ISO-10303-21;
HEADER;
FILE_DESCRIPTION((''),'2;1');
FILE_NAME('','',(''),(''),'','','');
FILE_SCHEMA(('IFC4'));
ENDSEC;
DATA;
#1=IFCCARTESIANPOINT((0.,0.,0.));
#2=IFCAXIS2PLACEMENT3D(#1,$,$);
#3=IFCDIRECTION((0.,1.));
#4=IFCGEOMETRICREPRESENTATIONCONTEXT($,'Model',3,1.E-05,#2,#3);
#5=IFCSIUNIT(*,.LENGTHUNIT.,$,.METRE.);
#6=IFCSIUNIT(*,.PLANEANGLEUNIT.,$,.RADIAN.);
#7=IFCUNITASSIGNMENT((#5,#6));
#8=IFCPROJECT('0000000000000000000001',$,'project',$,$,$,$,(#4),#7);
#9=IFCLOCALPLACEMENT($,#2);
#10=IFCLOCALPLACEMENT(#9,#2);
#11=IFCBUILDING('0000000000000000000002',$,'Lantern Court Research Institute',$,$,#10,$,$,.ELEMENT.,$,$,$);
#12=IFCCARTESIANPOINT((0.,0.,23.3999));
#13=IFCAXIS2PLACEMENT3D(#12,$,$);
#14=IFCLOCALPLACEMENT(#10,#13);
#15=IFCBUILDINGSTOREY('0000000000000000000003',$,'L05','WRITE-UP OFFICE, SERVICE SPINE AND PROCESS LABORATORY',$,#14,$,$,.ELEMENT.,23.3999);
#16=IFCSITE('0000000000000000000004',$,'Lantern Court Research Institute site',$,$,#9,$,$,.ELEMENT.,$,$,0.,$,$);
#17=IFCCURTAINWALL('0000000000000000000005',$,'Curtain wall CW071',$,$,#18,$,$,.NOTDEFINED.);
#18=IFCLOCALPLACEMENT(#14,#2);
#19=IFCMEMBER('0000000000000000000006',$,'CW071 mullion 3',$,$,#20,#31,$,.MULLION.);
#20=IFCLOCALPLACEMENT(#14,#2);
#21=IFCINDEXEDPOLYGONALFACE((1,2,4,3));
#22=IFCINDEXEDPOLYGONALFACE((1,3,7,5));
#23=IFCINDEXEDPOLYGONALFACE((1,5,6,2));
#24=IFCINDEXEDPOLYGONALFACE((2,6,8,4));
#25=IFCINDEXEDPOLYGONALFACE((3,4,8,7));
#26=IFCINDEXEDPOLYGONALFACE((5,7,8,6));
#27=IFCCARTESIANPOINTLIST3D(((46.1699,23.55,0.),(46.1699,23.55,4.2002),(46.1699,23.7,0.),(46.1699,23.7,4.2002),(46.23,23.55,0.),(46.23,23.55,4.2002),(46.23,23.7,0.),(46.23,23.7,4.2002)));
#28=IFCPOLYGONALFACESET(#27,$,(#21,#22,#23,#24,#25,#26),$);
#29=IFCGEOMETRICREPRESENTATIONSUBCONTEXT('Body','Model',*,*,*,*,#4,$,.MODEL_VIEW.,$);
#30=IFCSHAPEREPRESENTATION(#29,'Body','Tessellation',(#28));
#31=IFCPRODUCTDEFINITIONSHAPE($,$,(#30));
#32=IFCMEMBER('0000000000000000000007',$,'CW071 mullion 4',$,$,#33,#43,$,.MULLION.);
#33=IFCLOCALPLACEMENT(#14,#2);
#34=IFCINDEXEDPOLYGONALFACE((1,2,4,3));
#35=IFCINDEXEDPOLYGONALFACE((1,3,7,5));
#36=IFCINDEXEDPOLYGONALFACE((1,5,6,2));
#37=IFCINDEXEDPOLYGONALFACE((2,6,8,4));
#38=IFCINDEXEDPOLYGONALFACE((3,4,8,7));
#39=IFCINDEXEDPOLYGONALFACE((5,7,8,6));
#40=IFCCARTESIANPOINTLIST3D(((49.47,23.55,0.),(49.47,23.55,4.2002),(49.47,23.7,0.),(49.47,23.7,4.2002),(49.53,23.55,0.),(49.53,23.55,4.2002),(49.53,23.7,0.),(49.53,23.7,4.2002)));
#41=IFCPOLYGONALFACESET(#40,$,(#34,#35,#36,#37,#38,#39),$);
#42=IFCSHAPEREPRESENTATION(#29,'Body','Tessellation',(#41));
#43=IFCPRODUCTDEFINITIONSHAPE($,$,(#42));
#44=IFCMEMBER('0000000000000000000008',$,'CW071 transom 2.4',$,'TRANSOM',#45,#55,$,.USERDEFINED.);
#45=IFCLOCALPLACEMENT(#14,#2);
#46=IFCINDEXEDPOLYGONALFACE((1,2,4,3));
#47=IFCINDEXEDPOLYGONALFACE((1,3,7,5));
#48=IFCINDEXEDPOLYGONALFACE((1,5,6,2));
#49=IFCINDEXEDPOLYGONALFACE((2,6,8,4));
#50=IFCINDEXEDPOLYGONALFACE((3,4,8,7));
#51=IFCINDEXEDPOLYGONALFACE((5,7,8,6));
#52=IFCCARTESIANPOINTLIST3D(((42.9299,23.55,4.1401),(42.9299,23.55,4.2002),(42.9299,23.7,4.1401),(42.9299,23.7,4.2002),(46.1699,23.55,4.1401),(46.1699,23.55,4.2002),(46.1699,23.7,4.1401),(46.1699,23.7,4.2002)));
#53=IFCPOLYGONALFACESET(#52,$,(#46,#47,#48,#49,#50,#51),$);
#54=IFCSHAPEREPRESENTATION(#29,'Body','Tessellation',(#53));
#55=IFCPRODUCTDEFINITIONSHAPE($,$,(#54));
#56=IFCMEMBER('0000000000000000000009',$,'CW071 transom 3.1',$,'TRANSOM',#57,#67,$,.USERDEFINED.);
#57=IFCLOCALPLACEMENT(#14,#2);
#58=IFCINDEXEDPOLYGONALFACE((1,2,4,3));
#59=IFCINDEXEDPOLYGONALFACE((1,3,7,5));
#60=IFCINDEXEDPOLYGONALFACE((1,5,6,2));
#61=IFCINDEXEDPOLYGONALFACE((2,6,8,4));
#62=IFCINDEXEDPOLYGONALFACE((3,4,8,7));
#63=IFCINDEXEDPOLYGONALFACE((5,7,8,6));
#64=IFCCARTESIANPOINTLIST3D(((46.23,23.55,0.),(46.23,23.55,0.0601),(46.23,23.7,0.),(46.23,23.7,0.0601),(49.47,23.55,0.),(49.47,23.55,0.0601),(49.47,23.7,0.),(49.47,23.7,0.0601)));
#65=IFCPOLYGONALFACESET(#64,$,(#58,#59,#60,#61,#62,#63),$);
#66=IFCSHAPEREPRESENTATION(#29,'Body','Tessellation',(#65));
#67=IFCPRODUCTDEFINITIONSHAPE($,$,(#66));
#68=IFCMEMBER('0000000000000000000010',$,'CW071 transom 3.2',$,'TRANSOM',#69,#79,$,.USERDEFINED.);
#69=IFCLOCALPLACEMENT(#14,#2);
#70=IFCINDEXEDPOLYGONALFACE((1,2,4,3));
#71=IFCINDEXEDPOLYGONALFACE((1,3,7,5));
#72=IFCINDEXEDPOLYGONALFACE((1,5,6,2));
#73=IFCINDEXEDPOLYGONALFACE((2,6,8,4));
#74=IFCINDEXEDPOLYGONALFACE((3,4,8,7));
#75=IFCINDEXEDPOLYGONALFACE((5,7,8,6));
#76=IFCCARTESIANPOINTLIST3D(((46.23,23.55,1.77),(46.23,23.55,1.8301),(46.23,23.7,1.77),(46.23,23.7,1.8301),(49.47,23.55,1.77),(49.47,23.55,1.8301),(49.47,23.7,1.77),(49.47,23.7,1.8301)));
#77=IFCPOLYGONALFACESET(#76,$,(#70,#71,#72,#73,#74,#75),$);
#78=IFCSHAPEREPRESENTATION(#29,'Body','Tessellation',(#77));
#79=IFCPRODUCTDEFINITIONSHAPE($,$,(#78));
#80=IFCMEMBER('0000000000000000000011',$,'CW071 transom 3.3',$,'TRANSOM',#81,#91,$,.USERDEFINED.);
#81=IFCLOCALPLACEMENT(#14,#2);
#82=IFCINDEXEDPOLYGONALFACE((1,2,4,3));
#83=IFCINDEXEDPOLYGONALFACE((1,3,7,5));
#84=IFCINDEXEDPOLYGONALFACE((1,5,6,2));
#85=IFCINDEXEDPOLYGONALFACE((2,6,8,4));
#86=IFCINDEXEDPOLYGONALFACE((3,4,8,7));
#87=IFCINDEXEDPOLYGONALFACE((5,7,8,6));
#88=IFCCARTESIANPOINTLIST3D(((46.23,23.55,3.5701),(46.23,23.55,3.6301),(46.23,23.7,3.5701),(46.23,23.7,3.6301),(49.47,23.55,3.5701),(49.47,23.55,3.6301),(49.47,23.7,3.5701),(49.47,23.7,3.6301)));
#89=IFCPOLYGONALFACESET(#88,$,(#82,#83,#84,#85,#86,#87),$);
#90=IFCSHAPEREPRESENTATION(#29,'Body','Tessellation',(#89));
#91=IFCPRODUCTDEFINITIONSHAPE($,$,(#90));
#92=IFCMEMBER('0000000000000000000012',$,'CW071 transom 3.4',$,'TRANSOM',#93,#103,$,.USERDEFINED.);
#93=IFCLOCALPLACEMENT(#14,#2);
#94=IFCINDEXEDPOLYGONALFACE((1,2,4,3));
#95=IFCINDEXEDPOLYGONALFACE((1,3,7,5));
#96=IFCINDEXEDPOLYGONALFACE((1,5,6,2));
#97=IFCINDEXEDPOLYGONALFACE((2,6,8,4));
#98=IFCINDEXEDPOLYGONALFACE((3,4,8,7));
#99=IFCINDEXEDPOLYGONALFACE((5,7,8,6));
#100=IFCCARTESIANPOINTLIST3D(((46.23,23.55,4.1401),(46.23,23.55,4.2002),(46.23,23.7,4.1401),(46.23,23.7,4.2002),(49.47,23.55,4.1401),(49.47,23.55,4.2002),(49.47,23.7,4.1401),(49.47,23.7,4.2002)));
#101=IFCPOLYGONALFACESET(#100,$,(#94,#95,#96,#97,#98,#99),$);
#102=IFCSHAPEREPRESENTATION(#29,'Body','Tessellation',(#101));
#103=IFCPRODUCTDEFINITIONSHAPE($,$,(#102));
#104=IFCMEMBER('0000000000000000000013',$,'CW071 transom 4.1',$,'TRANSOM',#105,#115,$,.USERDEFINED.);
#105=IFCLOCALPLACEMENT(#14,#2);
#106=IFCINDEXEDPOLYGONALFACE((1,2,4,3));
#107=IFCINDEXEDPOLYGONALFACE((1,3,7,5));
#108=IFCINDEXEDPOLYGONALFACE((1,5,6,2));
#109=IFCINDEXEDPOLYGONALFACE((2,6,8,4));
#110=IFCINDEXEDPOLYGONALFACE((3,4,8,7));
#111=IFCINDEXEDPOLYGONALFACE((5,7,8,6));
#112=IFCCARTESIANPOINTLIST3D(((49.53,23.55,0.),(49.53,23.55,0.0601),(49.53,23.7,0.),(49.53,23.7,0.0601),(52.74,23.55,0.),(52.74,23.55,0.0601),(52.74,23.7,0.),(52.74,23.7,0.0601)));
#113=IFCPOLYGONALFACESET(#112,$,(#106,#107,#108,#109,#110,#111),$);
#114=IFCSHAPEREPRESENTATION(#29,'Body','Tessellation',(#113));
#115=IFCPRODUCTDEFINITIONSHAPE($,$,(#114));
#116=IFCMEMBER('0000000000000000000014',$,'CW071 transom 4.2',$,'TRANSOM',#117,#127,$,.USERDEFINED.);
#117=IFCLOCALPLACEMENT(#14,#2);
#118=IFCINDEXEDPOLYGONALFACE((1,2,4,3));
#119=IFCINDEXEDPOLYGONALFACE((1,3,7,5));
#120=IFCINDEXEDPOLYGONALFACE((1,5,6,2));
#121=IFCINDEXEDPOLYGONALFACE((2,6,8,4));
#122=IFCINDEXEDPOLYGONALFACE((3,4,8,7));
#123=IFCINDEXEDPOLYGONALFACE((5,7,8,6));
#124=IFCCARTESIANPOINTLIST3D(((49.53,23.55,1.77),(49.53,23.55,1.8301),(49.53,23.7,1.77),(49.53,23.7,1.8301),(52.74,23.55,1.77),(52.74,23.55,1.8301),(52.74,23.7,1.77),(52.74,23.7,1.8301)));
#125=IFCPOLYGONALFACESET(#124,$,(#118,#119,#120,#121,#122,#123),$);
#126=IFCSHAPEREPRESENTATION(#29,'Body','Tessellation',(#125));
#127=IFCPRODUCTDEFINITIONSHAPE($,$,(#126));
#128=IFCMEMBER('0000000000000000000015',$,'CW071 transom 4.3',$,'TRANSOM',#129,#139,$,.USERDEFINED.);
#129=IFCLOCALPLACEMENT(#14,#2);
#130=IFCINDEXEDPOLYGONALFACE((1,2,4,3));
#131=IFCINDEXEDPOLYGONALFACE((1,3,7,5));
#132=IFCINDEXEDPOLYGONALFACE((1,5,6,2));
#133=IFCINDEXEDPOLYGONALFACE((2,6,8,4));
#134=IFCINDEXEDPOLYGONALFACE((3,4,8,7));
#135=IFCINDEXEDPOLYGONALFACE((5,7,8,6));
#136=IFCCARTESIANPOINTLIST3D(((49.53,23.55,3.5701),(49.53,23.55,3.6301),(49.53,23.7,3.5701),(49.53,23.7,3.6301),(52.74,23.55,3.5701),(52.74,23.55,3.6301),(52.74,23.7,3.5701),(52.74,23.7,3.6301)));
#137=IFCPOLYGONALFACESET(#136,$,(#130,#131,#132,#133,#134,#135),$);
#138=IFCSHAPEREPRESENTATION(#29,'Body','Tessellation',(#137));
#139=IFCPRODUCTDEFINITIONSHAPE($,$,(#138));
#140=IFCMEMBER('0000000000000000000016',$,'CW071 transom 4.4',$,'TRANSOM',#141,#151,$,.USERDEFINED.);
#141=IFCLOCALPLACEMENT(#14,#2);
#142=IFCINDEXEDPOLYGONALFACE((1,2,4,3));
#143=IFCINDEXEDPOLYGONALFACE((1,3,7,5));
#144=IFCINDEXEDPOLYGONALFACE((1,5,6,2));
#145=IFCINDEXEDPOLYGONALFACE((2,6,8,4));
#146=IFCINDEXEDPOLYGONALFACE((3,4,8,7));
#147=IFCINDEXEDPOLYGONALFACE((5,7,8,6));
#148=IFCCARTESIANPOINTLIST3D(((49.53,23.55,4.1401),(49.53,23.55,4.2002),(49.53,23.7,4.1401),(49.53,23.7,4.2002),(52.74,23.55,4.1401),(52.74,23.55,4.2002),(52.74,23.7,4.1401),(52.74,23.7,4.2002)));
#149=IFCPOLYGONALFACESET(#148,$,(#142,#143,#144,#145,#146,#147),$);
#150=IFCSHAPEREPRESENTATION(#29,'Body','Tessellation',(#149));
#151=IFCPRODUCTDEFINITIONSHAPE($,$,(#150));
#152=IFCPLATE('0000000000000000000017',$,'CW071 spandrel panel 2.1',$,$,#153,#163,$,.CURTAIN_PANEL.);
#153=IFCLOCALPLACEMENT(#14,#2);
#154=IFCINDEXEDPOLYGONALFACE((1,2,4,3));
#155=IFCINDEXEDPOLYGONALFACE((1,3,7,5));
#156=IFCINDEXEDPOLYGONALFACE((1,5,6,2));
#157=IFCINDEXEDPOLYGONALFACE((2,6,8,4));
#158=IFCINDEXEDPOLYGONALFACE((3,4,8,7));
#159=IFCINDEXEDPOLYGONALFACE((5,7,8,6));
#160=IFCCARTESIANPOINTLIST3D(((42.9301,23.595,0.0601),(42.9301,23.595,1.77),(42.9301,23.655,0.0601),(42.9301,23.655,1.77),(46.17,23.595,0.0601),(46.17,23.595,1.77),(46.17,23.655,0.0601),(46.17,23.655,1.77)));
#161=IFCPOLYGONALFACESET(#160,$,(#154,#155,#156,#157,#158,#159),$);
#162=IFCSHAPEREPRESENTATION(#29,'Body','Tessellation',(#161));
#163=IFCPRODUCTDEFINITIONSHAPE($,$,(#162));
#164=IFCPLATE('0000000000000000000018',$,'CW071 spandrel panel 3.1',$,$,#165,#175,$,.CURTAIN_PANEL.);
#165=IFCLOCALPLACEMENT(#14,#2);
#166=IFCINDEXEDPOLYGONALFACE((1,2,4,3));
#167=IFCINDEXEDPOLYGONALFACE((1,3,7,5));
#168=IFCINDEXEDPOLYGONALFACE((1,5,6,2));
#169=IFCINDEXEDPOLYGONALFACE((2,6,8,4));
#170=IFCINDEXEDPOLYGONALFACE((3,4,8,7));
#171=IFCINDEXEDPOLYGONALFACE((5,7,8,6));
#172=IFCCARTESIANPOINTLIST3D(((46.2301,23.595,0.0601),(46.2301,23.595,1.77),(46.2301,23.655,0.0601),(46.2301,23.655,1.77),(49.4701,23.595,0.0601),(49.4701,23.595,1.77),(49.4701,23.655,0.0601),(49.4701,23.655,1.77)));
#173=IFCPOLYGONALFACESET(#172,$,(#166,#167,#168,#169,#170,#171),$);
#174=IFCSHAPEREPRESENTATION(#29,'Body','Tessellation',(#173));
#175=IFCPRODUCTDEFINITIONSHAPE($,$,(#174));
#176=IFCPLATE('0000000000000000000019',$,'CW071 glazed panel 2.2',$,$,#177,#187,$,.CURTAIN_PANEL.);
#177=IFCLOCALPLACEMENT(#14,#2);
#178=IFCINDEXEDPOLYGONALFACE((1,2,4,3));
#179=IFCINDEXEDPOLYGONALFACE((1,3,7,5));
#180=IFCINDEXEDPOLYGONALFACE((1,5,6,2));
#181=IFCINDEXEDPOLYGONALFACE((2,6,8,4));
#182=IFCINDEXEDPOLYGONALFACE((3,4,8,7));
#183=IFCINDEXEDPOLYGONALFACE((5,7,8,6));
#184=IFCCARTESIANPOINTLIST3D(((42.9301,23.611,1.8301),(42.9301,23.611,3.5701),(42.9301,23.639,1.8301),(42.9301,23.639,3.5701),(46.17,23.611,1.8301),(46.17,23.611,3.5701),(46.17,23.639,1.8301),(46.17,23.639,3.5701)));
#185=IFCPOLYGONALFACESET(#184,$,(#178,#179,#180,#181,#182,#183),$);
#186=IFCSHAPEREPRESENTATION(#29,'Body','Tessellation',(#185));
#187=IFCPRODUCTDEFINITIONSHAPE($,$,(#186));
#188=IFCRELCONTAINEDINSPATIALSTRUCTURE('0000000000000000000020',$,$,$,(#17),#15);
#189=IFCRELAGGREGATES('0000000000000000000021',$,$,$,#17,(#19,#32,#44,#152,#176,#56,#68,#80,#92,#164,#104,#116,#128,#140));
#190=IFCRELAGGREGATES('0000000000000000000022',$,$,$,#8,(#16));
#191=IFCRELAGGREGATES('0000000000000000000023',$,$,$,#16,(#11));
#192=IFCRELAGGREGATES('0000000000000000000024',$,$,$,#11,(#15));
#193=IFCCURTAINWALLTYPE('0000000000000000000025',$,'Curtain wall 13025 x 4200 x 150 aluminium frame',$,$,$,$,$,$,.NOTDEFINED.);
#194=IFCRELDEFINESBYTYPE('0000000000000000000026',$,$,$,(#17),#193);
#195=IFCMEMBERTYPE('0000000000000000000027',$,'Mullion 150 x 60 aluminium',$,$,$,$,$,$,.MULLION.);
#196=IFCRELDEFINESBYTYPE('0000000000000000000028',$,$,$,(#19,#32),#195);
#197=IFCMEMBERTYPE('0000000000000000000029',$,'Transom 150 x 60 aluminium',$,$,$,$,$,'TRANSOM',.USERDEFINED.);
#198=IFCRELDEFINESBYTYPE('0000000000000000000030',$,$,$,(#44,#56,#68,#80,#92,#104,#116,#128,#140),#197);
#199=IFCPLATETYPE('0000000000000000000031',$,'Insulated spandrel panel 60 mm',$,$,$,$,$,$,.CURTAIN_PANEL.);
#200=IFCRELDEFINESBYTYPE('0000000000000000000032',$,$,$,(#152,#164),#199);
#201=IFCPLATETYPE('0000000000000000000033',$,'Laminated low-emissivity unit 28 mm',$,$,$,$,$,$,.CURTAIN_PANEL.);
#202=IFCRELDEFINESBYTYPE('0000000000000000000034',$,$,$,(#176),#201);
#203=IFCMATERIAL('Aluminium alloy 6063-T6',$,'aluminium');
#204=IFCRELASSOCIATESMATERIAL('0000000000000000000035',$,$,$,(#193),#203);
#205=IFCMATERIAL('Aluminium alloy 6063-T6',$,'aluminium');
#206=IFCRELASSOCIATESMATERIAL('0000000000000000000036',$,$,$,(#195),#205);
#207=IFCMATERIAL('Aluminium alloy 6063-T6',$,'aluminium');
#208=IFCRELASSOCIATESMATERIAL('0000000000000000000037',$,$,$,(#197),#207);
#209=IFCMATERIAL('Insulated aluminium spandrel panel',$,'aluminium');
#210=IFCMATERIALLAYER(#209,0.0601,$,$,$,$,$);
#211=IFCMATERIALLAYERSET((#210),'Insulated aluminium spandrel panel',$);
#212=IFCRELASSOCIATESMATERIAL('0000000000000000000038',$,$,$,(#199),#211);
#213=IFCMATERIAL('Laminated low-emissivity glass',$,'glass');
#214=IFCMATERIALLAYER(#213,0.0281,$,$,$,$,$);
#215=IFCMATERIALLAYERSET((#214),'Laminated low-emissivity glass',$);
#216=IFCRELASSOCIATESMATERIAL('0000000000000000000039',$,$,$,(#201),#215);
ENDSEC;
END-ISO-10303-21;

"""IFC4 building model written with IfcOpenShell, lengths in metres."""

from ifc_helpers import new_model, si_unit, direction, frame, origin, origin_2d, place, context, subcontext, project, spatial, rectangle, extrude, material, layer, layer_set, material_profile, profile_set, type_object, element, aggregate, save


model = new_model("IFC4")

# Units and contexts
model_context = context("Model", 3, precision=1e-05, world=origin(), true_north=direction((0.0, 1.0)))
body_context = subcontext(model_context, "Body", "Model", "MODEL_VIEW")
ifc_project = project(units=[si_unit("LENGTHUNIT", "METRE"), si_unit("PLANEANGLEUNIT", "RADIAN")], contexts=[model_context])

# Site, building, storey
site_placement = place(None, origin())
site = spatial("IfcSite", under=ifc_project, at=site_placement, Name="Lantern Court Research Institute site", CompositionType="ELEMENT", RefElevation=0.0)
building_placement = place(site_placement, origin())
building = spatial("IfcBuilding", under=site, at=building_placement, Name="Lantern Court Research Institute", CompositionType="ELEMENT")
storey_placement = place(building_placement, frame((0.0, 0.0, 23.3999)))
storey = spatial("IfcBuildingStorey", under=building, at=storey_placement, Name="L05", Description="WRITE-UP OFFICE, SERVICE SPINE AND PROCESS LABORATORY", CompositionType="ELEMENT", Elevation=23.3999)

# Curtain wall, members, plates
ifc_material_1 = material(Name="Aluminium alloy 6063-T6", Category="aluminium")
curtain_wall_type = type_object("IfcCurtainWallType", Name="Curtain wall 13025 x 4200 x 150 aluminium frame", PredefinedType="NOTDEFINED", material=ifc_material_1)
curtain_wall_placement = place(storey_placement, origin())
curtain_wall = element("IfcCurtainWall", 1, at=curtain_wall_placement, inside=storey, type_object=curtain_wall_type, Name="Curtain wall CW071", PredefinedType="NOTDEFINED")
ifc_material_2 = material(Name="Aluminium alloy 6063-T6", Category="aluminium")
ifc_material_profile_1 = material_profile(ifc_material_2, rectangle(XDim=0.1499, YDim=0.0601, at=origin_2d()), Name="Mullion 150 x 60")
ifc_profile_set_1 = profile_set([ifc_material_profile_1], Name="Aluminium alloy 6063-T6")
member_type_1 = type_object("IfcMemberType", Name="Mullion 150 x 60 aluminium", PredefinedType="MULLION", material=ifc_profile_set_1)
member_1_placement = place(storey_placement, frame((46.2, 23.625, 0.0), z_axis=(0.0, 0.0, 1.0), x_axis=(0.0, 1.0, 0.0)))
member_1 = element("IfcMember", 2, at=member_1_placement, type_object=member_type_1, Name="CW071 mullion 3", PredefinedType="MULLION", context=body_context, shape_type="SweptSolid", body=[
    extrude(rectangle(XDim=0.1499, YDim=0.0601, at=origin_2d()), origin(), (0.0, 0.0, 1.0), 4.2002),
])
member_2_placement = place(storey_placement, frame((49.5, 23.625, 0.0), z_axis=(0.0, 0.0, 1.0), x_axis=(0.0, 1.0, 0.0)))
member_2 = element("IfcMember", 3, at=member_2_placement, type_object=member_type_1, Name="CW071 mullion 4", PredefinedType="MULLION", context=body_context, shape_type="SweptSolid", body=[
    extrude(rectangle(XDim=0.1499, YDim=0.0601, at=origin_2d()), origin(), (0.0, 0.0, 1.0), 4.2002),
])
ifc_material_3 = material(Name="Aluminium alloy 6063-T6", Category="aluminium")
ifc_material_profile_2 = material_profile(ifc_material_3, rectangle(XDim=0.1499, YDim=0.0601, at=origin_2d()), Name="Transom 150 x 60")
ifc_profile_set_2 = profile_set([ifc_material_profile_2], Name="Aluminium alloy 6063-T6")
member_type_2 = type_object("IfcMemberType", Name="Transom 150 x 60 aluminium", ElementType="TRANSOM", PredefinedType="USERDEFINED", material=ifc_profile_set_2)
member_3_placement = place(storey_placement, frame((42.9299, 23.625, 4.1702), z_axis=(1.0, 0.0, 0.0), x_axis=(0.0, 1.0, 0.0)))
member_3 = element("IfcMember", 4, at=member_3_placement, type_object=member_type_2, Name="CW071 transom 2.4", ObjectType="TRANSOM", PredefinedType="USERDEFINED", context=body_context, shape_type="SweptSolid", body=[
    extrude(rectangle(XDim=0.1499, YDim=0.0601, at=origin_2d()), origin(), (0.0, 0.0, 1.0), 3.24),
])
member_4_placement = place(storey_placement, frame((46.23, 23.625, 0.03), z_axis=(1.0, 0.0, 0.0), x_axis=(0.0, 1.0, 0.0)))
member_4 = element("IfcMember", 5, at=member_4_placement, type_object=member_type_2, Name="CW071 transom 3.1", ObjectType="TRANSOM", PredefinedType="USERDEFINED", context=body_context, shape_type="SweptSolid", body=[
    extrude(rectangle(XDim=0.1499, YDim=0.0601, at=origin_2d()), origin(), (0.0, 0.0, 1.0), 3.24),
])
member_5_placement = place(storey_placement, frame((46.23, 23.625, 1.8), z_axis=(1.0, 0.0, 0.0), x_axis=(0.0, 1.0, 0.0)))
member_5 = element("IfcMember", 6, at=member_5_placement, type_object=member_type_2, Name="CW071 transom 3.2", ObjectType="TRANSOM", PredefinedType="USERDEFINED", context=body_context, shape_type="SweptSolid", body=[
    extrude(rectangle(XDim=0.1499, YDim=0.0601, at=origin_2d()), origin(), (0.0, 0.0, 1.0), 3.24),
])
member_6_placement = place(storey_placement, frame((46.23, 23.625, 3.6001), z_axis=(1.0, 0.0, 0.0), x_axis=(0.0, 1.0, 0.0)))
member_6 = element("IfcMember", 7, at=member_6_placement, type_object=member_type_2, Name="CW071 transom 3.3", ObjectType="TRANSOM", PredefinedType="USERDEFINED", context=body_context, shape_type="SweptSolid", body=[
    extrude(rectangle(XDim=0.1499, YDim=0.0601, at=origin_2d()), origin(), (0.0, 0.0, 1.0), 3.24),
])
member_7_placement = place(storey_placement, frame((46.23, 23.625, 4.1702), z_axis=(1.0, 0.0, 0.0), x_axis=(0.0, 1.0, 0.0)))
member_7 = element("IfcMember", 8, at=member_7_placement, type_object=member_type_2, Name="CW071 transom 3.4", ObjectType="TRANSOM", PredefinedType="USERDEFINED", context=body_context, shape_type="SweptSolid", body=[
    extrude(rectangle(XDim=0.1499, YDim=0.0601, at=origin_2d()), origin(), (0.0, 0.0, 1.0), 3.24),
])
member_8_placement = place(storey_placement, frame((49.53, 23.625, 0.03), z_axis=(1.0, 0.0, 0.0), x_axis=(0.0, 1.0, 0.0)))
member_8 = element("IfcMember", 9, at=member_8_placement, type_object=member_type_2, Name="CW071 transom 4.1", ObjectType="TRANSOM", PredefinedType="USERDEFINED", context=body_context, shape_type="SweptSolid", body=[
    extrude(rectangle(XDim=0.1499, YDim=0.0601, at=origin_2d()), origin(), (0.0, 0.0, 1.0), 3.21),
])
member_9_placement = place(storey_placement, frame((49.53, 23.625, 1.8), z_axis=(1.0, 0.0, 0.0), x_axis=(0.0, 1.0, 0.0)))
member_9 = element("IfcMember", 10, at=member_9_placement, type_object=member_type_2, Name="CW071 transom 4.2", ObjectType="TRANSOM", PredefinedType="USERDEFINED", context=body_context, shape_type="SweptSolid", body=[
    extrude(rectangle(XDim=0.1499, YDim=0.0601, at=origin_2d()), origin(), (0.0, 0.0, 1.0), 3.21),
])
member_10_placement = place(storey_placement, frame((49.53, 23.625, 3.6001), z_axis=(1.0, 0.0, 0.0), x_axis=(0.0, 1.0, 0.0)))
member_10 = element("IfcMember", 11, at=member_10_placement, type_object=member_type_2, Name="CW071 transom 4.3", ObjectType="TRANSOM", PredefinedType="USERDEFINED", context=body_context, shape_type="SweptSolid", body=[
    extrude(rectangle(XDim=0.1499, YDim=0.0601, at=origin_2d()), origin(), (0.0, 0.0, 1.0), 3.21),
])
member_11_placement = place(storey_placement, frame((49.53, 23.625, 4.1702), z_axis=(1.0, 0.0, 0.0), x_axis=(0.0, 1.0, 0.0)))
member_11 = element("IfcMember", 12, at=member_11_placement, type_object=member_type_2, Name="CW071 transom 4.4", ObjectType="TRANSOM", PredefinedType="USERDEFINED", context=body_context, shape_type="SweptSolid", body=[
    extrude(rectangle(XDim=0.1499, YDim=0.0601, at=origin_2d()), origin(), (0.0, 0.0, 1.0), 3.21),
])
ifc_material_4 = material(Name="Insulated aluminium spandrel panel", Category="aluminium")
ifc_layer_1 = layer(ifc_material_4, 0.0601)
ifc_layer_set_1 = layer_set([ifc_layer_1], Name="Insulated aluminium spandrel panel")
plate_type_1 = type_object("IfcPlateType", Name="Insulated spandrel panel 60 mm", PredefinedType="CURTAIN_PANEL", material=ifc_layer_set_1)
plate_1_placement = place(storey_placement, frame((44.55, 23.625, 0.0601), z_axis=(0.0, 0.0, 1.0), x_axis=(1.0, 0.0, 0.0)))
plate_1 = element("IfcPlate", 13, at=plate_1_placement, type_object=plate_type_1, Name="CW071 spandrel panel 2.1", PredefinedType="CURTAIN_PANEL", context=body_context, shape_type="SweptSolid", body=[
    extrude(rectangle(XDim=3.24, YDim=0.0601, at=origin_2d()), origin(), (0.0, 0.0, 1.0), 1.71),
])
plate_2_placement = place(storey_placement, frame((47.8501, 23.625, 0.0601), z_axis=(0.0, 0.0, 1.0), x_axis=(1.0, 0.0, 0.0)))
plate_2 = element("IfcPlate", 14, at=plate_2_placement, type_object=plate_type_1, Name="CW071 spandrel panel 3.1", PredefinedType="CURTAIN_PANEL", context=body_context, shape_type="SweptSolid", body=[
    extrude(rectangle(XDim=3.24, YDim=0.0601, at=origin_2d()), origin(), (0.0, 0.0, 1.0), 1.71),
])
ifc_material_5 = material(Name="Laminated low-emissivity glass", Category="glass")
ifc_layer_2 = layer(ifc_material_5, 0.0281)
ifc_layer_set_2 = layer_set([ifc_layer_2], Name="Laminated low-emissivity glass")
plate_type_2 = type_object("IfcPlateType", Name="Laminated low-emissivity unit 28 mm", PredefinedType="CURTAIN_PANEL", material=ifc_layer_set_2)
plate_3_placement = place(storey_placement, frame((44.55, 23.625, 1.8301), z_axis=(0.0, 0.0, 1.0), x_axis=(1.0, 0.0, 0.0)))
plate_3 = element("IfcPlate", 15, at=plate_3_placement, type_object=plate_type_2, Name="CW071 glazed panel 2.2", PredefinedType="CURTAIN_PANEL", context=body_context, shape_type="SweptSolid", body=[
    extrude(rectangle(XDim=3.24, YDim=0.0281, at=origin_2d()), origin(), (0.0, 0.0, 1.0), 1.74),
])
aggregate(curtain_wall, [member_1, member_2, member_3, plate_1, plate_3, member_4, member_5, member_6, member_7, plate_2, member_8, member_9, member_10, member_11])

save(model, "model.ifc")
